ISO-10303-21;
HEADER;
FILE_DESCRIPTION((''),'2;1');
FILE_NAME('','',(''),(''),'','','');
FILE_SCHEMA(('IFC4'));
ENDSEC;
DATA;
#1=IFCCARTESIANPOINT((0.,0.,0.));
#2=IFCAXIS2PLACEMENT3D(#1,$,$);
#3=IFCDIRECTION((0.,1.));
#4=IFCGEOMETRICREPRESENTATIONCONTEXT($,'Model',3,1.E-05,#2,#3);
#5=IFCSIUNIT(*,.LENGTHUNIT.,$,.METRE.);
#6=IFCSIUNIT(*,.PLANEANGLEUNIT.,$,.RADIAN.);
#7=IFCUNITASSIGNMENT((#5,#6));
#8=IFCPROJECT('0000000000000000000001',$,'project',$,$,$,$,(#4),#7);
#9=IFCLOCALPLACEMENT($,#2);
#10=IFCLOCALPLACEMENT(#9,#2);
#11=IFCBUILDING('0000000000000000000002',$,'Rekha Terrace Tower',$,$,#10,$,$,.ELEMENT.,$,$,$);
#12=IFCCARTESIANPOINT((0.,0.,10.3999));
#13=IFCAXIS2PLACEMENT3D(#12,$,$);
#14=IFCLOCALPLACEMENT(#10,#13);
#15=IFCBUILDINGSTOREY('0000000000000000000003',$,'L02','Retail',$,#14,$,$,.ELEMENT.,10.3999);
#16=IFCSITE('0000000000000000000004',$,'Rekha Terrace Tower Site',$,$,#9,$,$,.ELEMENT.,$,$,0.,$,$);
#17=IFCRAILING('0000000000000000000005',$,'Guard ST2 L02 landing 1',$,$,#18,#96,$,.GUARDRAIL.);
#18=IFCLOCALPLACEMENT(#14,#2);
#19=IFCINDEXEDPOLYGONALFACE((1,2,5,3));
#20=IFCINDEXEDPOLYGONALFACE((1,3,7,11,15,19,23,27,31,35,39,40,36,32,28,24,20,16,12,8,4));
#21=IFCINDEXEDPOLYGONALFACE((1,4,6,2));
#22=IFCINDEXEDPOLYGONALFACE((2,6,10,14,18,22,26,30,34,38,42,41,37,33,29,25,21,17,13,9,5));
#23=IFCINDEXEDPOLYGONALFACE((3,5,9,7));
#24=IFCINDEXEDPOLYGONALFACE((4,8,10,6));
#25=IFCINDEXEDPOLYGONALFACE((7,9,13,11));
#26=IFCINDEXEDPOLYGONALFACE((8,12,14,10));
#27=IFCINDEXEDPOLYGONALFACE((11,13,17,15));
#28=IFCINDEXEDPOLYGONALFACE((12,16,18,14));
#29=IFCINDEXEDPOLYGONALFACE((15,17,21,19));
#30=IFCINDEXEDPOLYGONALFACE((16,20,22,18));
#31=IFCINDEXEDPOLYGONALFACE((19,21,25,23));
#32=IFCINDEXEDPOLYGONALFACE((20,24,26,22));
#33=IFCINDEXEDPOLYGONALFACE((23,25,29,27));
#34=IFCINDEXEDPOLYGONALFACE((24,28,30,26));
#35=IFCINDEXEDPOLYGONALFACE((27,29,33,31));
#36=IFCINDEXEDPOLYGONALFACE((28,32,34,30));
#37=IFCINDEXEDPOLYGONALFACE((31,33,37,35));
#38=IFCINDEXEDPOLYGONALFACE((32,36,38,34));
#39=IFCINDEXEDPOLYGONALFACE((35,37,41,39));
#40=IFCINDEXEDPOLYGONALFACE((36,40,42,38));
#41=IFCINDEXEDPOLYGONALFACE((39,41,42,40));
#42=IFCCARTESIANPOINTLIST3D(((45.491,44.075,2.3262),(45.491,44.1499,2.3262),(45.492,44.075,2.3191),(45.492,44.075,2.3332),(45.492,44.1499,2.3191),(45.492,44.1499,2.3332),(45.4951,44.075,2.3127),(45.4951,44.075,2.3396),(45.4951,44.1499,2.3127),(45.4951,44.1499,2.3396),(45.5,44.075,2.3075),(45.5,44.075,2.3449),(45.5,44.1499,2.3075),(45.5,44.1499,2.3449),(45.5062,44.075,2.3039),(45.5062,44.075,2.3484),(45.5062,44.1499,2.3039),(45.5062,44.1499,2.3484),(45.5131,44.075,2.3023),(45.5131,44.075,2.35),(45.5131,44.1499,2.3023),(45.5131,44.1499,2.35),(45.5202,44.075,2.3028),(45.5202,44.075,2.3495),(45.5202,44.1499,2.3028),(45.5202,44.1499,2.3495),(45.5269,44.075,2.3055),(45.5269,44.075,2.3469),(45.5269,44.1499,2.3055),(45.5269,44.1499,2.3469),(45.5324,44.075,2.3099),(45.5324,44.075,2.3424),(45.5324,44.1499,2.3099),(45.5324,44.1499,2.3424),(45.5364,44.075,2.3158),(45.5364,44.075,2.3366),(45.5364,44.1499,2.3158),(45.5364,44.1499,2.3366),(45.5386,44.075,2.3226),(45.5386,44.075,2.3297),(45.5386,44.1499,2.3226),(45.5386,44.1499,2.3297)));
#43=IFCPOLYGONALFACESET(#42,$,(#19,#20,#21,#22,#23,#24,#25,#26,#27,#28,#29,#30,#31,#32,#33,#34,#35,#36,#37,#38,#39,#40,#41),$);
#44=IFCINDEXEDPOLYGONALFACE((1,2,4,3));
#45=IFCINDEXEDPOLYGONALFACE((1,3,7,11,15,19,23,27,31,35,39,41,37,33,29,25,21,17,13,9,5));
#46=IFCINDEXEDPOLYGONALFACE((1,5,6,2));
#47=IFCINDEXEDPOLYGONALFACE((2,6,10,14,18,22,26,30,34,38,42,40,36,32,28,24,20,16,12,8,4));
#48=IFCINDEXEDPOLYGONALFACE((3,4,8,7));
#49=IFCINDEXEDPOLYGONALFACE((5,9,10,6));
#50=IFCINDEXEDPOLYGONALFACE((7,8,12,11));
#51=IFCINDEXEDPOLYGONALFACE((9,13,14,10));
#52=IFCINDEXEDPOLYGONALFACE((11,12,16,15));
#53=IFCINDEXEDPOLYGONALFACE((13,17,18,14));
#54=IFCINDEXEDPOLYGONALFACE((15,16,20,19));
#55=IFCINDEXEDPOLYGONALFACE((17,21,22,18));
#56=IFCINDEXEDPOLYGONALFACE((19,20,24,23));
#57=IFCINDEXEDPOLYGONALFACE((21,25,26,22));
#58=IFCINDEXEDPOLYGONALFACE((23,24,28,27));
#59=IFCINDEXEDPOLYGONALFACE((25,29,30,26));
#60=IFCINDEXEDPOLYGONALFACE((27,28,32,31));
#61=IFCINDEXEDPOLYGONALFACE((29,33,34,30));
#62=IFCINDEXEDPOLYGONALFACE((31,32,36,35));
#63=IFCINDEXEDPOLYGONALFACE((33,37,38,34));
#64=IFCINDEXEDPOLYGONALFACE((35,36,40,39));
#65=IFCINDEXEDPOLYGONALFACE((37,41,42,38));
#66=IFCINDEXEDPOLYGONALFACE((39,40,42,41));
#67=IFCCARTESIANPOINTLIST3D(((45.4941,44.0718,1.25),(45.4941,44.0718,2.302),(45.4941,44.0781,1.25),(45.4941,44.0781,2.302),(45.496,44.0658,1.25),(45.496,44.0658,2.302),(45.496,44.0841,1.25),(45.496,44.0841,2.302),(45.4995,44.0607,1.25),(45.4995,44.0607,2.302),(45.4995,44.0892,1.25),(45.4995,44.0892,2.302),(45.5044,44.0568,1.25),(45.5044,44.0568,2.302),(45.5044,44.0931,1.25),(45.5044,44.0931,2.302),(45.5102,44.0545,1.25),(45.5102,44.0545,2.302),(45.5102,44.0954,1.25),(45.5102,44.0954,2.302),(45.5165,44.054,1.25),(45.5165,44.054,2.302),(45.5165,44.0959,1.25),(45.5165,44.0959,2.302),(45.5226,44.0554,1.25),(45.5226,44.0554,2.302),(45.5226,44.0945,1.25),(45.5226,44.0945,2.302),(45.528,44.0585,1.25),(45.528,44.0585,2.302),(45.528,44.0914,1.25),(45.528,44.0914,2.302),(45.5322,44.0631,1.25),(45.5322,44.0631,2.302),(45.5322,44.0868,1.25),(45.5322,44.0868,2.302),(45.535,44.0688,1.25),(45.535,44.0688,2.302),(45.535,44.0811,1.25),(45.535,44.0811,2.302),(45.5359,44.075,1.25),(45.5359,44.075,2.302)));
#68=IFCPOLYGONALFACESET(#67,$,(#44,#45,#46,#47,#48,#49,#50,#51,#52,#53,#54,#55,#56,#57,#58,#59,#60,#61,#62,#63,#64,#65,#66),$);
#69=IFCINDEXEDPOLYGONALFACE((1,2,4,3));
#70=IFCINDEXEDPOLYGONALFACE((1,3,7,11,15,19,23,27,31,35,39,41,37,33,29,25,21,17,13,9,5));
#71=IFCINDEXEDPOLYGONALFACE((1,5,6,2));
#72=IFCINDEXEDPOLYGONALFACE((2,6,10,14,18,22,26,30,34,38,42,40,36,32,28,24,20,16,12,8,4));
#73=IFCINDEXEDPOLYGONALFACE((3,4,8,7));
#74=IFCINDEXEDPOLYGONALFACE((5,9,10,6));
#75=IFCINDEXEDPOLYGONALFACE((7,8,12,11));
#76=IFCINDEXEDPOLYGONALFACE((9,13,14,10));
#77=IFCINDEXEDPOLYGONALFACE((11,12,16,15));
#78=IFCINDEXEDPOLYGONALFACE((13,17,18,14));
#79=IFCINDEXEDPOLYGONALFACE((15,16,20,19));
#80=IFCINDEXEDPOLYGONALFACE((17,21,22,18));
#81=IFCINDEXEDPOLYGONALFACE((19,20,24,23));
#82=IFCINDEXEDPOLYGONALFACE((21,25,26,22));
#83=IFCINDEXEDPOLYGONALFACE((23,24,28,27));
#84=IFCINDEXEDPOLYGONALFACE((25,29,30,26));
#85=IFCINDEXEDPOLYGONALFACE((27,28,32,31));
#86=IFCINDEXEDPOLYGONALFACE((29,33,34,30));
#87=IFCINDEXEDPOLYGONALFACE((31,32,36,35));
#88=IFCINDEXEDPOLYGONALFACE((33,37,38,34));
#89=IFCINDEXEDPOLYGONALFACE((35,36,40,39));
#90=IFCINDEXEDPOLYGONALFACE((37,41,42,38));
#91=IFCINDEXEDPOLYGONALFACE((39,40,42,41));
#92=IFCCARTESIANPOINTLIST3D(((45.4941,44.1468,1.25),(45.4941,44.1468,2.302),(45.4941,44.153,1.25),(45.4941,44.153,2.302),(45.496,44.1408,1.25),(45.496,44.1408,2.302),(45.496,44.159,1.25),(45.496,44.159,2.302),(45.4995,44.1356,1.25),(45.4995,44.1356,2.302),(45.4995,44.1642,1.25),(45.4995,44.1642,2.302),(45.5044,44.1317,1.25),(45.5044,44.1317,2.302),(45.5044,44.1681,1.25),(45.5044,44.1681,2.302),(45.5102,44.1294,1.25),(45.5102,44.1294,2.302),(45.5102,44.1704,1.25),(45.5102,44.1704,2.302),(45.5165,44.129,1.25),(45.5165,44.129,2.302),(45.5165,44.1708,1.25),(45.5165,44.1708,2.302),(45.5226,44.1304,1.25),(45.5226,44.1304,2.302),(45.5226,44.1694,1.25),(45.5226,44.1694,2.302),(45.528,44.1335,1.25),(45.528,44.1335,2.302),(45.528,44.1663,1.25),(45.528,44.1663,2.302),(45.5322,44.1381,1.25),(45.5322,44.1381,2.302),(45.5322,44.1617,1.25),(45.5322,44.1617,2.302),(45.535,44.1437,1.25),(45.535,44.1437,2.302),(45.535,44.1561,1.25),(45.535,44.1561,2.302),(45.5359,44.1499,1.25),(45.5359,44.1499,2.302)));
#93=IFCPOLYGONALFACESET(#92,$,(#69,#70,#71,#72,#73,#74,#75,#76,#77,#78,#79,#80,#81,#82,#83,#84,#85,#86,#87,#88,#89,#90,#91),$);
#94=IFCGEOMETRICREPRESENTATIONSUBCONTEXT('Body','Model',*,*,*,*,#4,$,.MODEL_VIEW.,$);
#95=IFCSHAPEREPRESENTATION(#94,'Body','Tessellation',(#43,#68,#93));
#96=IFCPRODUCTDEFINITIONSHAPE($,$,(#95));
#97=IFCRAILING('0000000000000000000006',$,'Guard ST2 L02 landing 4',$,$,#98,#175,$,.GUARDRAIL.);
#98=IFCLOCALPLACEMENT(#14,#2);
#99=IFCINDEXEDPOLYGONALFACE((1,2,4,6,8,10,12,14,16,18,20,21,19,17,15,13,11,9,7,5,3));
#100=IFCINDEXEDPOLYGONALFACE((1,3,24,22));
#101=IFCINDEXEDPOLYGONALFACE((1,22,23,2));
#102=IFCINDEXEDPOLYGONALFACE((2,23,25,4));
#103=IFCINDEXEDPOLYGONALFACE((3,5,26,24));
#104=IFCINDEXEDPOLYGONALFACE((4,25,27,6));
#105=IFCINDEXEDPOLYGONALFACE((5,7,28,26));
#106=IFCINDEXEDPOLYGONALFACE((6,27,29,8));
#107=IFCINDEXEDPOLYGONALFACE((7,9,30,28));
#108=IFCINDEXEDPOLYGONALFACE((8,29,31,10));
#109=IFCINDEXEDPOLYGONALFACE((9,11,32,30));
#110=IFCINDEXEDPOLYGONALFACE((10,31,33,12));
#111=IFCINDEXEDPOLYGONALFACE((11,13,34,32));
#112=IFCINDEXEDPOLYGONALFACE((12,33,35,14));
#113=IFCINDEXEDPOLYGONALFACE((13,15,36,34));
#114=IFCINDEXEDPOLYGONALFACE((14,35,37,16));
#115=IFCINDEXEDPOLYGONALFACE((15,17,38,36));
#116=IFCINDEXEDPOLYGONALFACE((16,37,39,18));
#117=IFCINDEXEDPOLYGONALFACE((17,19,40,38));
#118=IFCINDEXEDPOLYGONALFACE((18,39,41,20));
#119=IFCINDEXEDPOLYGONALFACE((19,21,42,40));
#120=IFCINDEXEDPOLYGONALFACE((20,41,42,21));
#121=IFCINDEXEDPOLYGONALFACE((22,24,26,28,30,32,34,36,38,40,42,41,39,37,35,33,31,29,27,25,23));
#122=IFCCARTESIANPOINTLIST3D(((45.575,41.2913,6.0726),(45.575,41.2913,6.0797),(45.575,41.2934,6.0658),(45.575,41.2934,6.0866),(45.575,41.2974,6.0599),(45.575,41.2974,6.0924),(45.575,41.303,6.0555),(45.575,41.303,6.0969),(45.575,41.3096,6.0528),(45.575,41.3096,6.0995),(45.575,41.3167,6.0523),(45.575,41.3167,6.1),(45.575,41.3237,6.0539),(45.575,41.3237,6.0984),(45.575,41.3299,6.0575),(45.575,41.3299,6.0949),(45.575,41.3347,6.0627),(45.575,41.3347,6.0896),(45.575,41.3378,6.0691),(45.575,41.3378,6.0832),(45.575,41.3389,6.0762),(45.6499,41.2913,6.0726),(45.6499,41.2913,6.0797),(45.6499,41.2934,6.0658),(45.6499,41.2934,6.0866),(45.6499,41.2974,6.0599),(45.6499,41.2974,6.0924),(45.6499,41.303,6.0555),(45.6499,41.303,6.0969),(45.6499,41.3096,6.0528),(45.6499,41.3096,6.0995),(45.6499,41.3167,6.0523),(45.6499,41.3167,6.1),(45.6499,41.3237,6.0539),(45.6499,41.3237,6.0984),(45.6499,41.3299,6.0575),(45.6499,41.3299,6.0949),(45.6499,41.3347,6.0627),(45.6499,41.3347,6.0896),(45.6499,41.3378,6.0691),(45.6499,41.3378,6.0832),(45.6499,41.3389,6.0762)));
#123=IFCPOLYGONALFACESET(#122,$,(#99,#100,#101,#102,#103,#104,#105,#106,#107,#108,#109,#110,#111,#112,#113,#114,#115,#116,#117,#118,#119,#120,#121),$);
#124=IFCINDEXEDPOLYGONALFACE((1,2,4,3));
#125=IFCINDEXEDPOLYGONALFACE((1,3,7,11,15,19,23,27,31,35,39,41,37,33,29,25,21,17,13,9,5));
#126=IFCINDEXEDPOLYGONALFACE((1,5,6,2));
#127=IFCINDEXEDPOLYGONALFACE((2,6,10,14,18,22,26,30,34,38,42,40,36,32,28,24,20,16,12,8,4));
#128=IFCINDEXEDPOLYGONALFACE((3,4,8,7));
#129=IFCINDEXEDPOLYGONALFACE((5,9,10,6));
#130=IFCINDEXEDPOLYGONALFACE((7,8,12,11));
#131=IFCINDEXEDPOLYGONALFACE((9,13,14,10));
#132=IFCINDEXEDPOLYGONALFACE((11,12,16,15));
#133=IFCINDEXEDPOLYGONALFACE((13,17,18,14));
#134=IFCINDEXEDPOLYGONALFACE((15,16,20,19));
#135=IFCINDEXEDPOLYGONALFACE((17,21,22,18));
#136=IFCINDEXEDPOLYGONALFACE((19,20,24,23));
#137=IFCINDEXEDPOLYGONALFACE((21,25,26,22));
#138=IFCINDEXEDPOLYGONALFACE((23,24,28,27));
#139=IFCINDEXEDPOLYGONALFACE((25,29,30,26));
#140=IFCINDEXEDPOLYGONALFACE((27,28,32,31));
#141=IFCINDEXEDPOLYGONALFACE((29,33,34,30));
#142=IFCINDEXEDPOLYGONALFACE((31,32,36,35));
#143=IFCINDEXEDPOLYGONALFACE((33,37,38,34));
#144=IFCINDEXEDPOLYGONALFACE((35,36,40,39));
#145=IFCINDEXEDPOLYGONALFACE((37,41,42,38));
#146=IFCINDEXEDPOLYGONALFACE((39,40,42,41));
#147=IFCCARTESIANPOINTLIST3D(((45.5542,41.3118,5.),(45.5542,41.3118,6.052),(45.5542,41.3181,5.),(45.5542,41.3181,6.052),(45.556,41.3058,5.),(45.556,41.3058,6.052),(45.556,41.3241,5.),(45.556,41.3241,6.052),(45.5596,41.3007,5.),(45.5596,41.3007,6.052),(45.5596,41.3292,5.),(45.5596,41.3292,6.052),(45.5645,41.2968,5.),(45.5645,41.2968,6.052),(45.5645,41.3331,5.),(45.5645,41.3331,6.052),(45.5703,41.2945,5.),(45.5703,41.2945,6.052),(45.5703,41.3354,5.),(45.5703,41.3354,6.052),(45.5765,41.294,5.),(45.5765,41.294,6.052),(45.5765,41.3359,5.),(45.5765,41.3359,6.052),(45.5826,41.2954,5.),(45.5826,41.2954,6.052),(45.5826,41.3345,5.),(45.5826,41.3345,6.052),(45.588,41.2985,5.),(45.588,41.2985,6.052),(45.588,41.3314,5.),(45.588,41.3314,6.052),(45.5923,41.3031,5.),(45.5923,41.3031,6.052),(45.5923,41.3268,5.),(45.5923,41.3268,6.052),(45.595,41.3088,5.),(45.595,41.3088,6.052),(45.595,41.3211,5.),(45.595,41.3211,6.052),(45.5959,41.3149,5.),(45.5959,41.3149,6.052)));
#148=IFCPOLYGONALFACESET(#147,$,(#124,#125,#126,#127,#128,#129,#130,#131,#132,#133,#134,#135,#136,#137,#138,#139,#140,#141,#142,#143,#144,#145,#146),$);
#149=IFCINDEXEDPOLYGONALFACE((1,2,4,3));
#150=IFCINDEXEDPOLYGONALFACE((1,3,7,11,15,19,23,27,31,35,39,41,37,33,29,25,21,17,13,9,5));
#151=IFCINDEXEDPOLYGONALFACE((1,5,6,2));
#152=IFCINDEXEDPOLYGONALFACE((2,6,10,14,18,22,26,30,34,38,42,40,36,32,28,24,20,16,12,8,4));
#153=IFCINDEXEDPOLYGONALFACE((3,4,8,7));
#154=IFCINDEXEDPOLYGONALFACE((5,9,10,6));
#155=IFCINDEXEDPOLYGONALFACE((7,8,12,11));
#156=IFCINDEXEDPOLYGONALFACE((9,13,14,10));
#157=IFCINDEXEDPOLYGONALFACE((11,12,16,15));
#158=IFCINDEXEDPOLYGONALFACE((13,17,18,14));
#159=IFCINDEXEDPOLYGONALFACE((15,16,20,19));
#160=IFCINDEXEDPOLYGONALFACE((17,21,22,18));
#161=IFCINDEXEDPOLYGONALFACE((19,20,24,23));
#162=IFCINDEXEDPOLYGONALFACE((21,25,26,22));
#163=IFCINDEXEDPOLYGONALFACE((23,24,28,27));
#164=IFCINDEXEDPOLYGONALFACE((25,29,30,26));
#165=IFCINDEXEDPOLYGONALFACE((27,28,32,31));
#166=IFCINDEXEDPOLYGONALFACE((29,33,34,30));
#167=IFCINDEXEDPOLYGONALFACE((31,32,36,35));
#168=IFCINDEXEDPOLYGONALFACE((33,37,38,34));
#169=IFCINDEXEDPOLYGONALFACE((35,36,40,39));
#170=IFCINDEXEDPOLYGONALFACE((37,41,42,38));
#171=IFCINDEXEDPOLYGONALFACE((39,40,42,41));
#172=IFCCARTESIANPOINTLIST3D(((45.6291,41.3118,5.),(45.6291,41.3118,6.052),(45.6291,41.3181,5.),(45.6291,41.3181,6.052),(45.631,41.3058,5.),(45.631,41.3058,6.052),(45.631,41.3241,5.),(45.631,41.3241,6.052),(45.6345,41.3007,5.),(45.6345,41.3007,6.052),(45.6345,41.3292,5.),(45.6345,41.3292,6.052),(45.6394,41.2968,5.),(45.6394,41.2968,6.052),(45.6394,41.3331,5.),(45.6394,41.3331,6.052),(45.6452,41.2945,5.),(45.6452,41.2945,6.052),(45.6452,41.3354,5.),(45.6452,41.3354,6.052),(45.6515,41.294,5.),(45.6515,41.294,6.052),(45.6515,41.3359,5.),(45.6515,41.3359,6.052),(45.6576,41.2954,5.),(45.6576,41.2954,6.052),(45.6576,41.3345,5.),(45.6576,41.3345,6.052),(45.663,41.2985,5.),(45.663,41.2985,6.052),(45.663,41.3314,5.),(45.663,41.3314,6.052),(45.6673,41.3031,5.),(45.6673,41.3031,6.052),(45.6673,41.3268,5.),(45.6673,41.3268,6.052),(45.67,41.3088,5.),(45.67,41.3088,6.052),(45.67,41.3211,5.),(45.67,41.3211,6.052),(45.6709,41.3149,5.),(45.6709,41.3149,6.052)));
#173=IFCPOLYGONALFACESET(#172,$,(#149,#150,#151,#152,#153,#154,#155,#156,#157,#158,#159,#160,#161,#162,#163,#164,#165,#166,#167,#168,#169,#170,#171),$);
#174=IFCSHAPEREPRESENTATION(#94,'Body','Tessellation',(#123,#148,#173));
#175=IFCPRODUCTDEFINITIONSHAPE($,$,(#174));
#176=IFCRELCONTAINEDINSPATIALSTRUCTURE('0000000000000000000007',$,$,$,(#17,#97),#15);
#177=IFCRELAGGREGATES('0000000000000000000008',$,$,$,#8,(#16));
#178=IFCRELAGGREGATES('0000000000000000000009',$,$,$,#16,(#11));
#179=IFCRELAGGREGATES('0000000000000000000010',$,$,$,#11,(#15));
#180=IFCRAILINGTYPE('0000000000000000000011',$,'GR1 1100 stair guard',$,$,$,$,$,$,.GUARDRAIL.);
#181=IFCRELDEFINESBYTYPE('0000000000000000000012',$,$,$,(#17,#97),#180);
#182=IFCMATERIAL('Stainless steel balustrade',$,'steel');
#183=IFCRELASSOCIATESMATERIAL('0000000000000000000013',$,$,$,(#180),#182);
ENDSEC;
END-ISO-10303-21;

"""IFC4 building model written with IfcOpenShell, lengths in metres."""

from ifc_helpers import new_model, si_unit, direction, frame, origin, origin_2d, place, context, subcontext, project, spatial, circle, extrude, material, type_object, element, save


model = new_model("IFC4")

# Units and contexts
model_context = context("Model", 3, precision=1e-05, world=origin(), true_north=direction((0.0, 1.0)))
body_context = subcontext(model_context, "Body", "Model", "MODEL_VIEW")
ifc_project = project(units=[si_unit("LENGTHUNIT", "METRE"), si_unit("PLANEANGLEUNIT", "RADIAN")], contexts=[model_context])

# Site, building, storey
site_placement = place(None, origin())
site = spatial("IfcSite", under=ifc_project, at=site_placement, Name="Rekha Terrace Tower Site", CompositionType="ELEMENT", RefElevation=0.0)
building_placement = place(site_placement, origin())
building = spatial("IfcBuilding", under=site, at=building_placement, Name="Rekha Terrace Tower", CompositionType="ELEMENT")
storey_placement = place(building_placement, frame((0.0, 0.0, 10.3999)))
storey = spatial("IfcBuildingStorey", under=building, at=storey_placement, Name="L02", Description="Retail", CompositionType="ELEMENT", Elevation=10.3999)

# Railings
ifc_material_1 = material(Name="Stainless steel balustrade", Category="steel")
railing_type_1 = type_object("IfcRailingType", Name="GR1 1100 stair guard", PredefinedType="GUARDRAIL", material=ifc_material_1)
railing_1_placement = place(storey_placement, frame((45.5149, 44.075, 1.25)))
element("IfcRailing", 1, at=railing_1_placement, inside=storey, type_object=railing_type_1, Name="Guard ST2 L02 landing 1", PredefinedType="GUARDRAIL", context=body_context, shape_type="SweptSolid", body=[
    extrude(circle(Radius=0.0239, at=origin_2d()), frame((0.0, 0.0, 1.0762), z_axis=(0.0, 1.0, 0.0), x_axis=(-1.0, 0.0, 0.0)), (0.0, 0.0, 1.0), 0.075),
    extrude(circle(Radius=0.021, at=origin_2d()), origin(), (0.0, 0.0, 1.0), 1.052),
    extrude(circle(Radius=0.021, at=origin_2d()), frame((0.0, 0.075, 0.0)), (0.0, 0.0, 1.0), 1.052),
])
railing_2_placement = place(storey_placement, frame((45.575, 41.3149, 5.0)))
element("IfcRailing", 2, at=railing_2_placement, inside=storey, type_object=railing_type_1, Name="Guard ST2 L02 landing 4", PredefinedType="GUARDRAIL", context=body_context, shape_type="SweptSolid", body=[
    extrude(circle(Radius=0.0239, at=origin_2d()), frame((0.0, 0.0, 1.0762), z_axis=(1.0, 0.0, 0.0), x_axis=(0.0, 1.0, 0.0)), (0.0, 0.0, 1.0), 0.075),
    extrude(circle(Radius=0.021, at=origin_2d()), origin(), (0.0, 0.0, 1.0), 1.052),
    extrude(circle(Radius=0.021, at=origin_2d()), frame((0.075, 0.0, 0.0)), (0.0, 0.0, 1.0), 1.052),
])

save(model, "model.ifc")
